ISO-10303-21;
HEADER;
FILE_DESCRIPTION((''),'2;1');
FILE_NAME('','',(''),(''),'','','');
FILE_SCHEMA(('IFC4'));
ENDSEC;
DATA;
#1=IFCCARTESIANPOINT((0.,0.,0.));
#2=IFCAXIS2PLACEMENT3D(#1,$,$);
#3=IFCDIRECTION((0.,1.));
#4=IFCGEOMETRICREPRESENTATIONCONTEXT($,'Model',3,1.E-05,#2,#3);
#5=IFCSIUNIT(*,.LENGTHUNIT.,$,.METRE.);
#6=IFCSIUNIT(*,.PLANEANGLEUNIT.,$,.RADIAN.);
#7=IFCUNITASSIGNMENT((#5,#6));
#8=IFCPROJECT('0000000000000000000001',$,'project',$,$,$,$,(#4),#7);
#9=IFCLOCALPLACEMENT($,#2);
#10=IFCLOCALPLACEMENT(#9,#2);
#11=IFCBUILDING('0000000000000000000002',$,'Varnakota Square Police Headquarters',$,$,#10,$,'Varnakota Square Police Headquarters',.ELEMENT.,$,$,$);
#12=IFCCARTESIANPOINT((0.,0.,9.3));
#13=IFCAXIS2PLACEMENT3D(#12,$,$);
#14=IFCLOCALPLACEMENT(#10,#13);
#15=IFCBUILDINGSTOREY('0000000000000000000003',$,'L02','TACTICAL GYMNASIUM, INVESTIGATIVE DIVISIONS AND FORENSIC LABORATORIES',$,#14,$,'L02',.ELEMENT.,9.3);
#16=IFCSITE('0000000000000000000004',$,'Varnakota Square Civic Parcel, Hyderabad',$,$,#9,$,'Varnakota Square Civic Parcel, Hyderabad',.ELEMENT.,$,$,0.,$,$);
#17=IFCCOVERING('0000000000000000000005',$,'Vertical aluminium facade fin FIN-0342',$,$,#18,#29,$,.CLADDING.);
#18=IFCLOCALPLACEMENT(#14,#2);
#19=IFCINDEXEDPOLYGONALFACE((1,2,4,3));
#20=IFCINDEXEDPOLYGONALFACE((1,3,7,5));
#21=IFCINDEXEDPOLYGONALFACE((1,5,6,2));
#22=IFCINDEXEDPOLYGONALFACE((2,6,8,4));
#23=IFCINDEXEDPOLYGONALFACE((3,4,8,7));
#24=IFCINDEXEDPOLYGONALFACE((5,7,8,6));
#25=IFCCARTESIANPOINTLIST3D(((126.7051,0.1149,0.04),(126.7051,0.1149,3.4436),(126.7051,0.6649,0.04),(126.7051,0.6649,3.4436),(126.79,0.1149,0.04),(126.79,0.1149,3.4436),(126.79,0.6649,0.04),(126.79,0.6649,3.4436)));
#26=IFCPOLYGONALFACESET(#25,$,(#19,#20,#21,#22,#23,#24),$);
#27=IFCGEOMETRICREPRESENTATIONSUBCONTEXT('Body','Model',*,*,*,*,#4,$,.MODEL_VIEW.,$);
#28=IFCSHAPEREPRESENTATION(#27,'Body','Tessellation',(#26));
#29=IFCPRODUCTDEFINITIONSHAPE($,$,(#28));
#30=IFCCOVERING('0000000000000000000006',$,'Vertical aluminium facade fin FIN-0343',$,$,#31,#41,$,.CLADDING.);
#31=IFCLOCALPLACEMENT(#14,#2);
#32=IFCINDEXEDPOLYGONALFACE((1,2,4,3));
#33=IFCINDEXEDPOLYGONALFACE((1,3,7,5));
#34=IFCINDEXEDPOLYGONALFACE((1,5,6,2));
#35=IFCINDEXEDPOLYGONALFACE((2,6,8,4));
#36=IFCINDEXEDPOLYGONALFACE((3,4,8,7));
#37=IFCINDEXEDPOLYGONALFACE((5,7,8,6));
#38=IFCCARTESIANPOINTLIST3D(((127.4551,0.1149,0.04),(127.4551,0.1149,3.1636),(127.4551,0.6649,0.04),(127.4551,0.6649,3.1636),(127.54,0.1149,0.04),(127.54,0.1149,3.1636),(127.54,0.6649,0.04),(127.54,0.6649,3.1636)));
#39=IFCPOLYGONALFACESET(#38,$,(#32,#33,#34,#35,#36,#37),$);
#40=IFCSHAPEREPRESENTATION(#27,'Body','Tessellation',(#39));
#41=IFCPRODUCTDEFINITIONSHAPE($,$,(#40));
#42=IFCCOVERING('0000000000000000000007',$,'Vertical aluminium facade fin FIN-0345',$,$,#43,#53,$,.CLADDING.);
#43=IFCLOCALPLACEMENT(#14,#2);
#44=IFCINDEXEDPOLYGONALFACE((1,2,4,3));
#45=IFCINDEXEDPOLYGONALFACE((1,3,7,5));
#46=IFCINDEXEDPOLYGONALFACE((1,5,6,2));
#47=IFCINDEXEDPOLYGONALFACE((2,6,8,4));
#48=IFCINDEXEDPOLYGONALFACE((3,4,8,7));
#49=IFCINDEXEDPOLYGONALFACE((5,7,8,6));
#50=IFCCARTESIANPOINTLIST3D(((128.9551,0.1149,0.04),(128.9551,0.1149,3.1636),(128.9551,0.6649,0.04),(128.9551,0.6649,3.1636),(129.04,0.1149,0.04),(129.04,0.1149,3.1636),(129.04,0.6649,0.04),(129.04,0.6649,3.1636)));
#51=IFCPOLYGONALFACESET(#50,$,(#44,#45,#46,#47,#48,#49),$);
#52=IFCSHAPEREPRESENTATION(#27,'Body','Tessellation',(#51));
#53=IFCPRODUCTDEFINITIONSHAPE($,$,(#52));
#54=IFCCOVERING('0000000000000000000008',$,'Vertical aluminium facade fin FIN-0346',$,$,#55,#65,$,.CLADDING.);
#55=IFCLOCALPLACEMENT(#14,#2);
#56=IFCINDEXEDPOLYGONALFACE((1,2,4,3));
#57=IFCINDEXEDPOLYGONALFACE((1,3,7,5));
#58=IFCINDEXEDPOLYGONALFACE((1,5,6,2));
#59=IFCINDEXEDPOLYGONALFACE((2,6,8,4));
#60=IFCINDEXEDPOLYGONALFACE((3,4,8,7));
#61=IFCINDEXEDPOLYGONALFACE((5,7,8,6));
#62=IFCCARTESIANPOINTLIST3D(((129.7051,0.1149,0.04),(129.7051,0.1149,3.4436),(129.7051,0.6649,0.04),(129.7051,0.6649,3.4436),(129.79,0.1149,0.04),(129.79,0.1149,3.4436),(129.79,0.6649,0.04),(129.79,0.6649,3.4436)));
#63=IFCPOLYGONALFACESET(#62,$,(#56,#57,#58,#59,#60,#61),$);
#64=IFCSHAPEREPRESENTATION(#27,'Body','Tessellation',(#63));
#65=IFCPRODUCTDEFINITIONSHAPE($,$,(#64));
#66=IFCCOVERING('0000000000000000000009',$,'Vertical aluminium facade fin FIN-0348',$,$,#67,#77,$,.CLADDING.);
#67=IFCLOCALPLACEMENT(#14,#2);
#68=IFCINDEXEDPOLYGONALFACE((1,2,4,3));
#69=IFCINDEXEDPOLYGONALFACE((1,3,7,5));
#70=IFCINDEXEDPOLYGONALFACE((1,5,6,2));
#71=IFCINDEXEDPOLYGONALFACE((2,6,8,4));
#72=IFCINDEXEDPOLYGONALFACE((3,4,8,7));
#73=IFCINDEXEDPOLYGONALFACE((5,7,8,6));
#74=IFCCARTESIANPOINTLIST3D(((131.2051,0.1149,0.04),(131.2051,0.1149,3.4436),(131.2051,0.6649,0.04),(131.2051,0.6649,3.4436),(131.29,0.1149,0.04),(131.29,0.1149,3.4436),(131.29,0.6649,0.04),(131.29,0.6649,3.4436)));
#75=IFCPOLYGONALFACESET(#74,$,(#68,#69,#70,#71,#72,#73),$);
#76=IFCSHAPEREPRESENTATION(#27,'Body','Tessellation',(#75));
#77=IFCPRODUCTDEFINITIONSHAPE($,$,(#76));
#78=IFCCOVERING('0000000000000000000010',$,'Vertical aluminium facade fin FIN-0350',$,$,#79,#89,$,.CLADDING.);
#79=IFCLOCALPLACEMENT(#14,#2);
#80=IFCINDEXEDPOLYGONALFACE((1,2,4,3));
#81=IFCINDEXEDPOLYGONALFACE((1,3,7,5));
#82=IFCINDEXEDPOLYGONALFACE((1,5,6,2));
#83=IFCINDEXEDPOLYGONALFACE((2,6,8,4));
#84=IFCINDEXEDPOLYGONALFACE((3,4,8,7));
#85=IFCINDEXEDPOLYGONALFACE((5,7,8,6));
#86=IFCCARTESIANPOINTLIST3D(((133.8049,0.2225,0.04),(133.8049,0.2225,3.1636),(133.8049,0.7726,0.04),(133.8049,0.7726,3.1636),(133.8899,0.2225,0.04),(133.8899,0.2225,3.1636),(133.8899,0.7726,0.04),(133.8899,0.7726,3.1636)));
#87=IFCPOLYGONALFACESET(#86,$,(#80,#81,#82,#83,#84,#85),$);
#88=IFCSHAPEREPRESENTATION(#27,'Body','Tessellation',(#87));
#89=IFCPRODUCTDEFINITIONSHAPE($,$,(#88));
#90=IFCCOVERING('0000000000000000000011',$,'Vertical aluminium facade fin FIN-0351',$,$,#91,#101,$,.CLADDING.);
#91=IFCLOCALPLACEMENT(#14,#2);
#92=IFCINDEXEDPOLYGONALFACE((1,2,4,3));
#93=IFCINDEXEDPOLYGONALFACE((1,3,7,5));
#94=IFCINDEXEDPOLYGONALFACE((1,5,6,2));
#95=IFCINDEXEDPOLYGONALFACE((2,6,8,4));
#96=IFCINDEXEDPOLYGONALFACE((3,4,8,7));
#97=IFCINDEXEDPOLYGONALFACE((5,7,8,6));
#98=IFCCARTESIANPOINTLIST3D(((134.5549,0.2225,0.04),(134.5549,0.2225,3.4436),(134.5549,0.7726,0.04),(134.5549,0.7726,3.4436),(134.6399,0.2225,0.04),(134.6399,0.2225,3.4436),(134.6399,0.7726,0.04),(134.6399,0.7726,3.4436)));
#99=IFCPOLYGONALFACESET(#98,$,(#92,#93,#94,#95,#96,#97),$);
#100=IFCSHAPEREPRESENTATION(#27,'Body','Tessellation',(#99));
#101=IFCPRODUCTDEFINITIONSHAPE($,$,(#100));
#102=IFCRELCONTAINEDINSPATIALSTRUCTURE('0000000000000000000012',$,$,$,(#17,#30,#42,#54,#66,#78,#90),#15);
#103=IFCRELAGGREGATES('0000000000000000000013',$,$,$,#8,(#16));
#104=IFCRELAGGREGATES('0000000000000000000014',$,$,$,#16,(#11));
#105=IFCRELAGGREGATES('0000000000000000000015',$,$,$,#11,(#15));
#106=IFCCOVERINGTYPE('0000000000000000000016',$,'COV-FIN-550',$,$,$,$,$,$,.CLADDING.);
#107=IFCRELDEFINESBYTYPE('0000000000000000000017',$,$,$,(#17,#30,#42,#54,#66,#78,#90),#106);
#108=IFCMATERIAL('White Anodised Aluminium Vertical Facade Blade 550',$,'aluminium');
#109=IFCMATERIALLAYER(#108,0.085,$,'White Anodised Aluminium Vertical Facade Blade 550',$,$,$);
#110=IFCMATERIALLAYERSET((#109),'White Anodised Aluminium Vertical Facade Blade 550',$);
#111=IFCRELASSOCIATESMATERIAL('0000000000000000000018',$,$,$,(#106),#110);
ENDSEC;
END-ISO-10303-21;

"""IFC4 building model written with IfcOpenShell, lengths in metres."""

from ifc_helpers import new_model, si_unit, direction, frame, origin, origin_2d, place, context, subcontext, project, spatial, rectangle, extrude, material, layer, layer_set, type_object, element, save


model = new_model("IFC4")

# Units and contexts
model_context = context("Model", 3, precision=1e-05, world=origin(), true_north=direction((0.0, 1.0)))
body_context = subcontext(model_context, "Body", "Model", "MODEL_VIEW")
ifc_project = project(units=[si_unit("LENGTHUNIT", "METRE"), si_unit("PLANEANGLEUNIT", "RADIAN")], contexts=[model_context])

# Site, building, storey
site_placement = place(None, origin())
site = spatial("IfcSite", under=ifc_project, at=site_placement, Name="Varnakota Square Civic Parcel, Hyderabad", LongName="Varnakota Square Civic Parcel, Hyderabad", CompositionType="ELEMENT", RefElevation=0.0)
building_placement = place(site_placement, origin())
building = spatial("IfcBuilding", under=site, at=building_placement, Name="Varnakota Square Police Headquarters", LongName="Varnakota Square Police Headquarters", CompositionType="ELEMENT")
storey_placement = place(building_placement, frame((0.0, 0.0, 9.3)))
storey = spatial("IfcBuildingStorey", under=building, at=storey_placement, Name="L02", Description="TACTICAL GYMNASIUM, INVESTIGATIVE DIVISIONS AND FORENSIC LABORATORIES", LongName="L02", CompositionType="ELEMENT", Elevation=9.3)

# Coverings
ifc_material_1 = material(Name="White Anodised Aluminium Vertical Facade Blade 550", Category="aluminium")
ifc_layer_1 = layer(ifc_material_1, 0.085, Name="White Anodised Aluminium Vertical Facade Blade 550")
ifc_layer_set_1 = layer_set([ifc_layer_1], Name="White Anodised Aluminium Vertical Facade Blade 550")
covering_type_1 = type_object("IfcCoveringType", Name="COV-FIN-550", PredefinedType="CLADDING", material=ifc_layer_set_1)
covering_1_placement = place(storey_placement, frame((126.7476, 0.3899, 0.04), z_axis=(0.0, 0.0, 1.0), x_axis=(1.0, 0.0, 0.0)))
element("IfcCovering", 1, at=covering_1_placement, inside=storey, type_object=covering_type_1, Name="Vertical aluminium facade fin FIN-0342", PredefinedType="CLADDING", context=body_context, shape_type="SweptSolid", body=[
    extrude(rectangle(XDim=0.085, YDim=0.55, at=origin_2d()), origin(), (0.0, 0.0, 1.0), 3.4036),
])
for number, where, z_axis, x_axis, name in (
    (2, (127.4976, 0.3899, 0.04), (0.0, 0.0, 1.0), (1.0, 0.0, 0.0), "Vertical aluminium facade fin FIN-0343"),
    (3, (128.9976, 0.3899, 0.04), (0.0, 0.0, 1.0), (1.0, 0.0, 0.0), "Vertical aluminium facade fin FIN-0345"),
):
    element("IfcCovering", number, at=place(storey_placement, frame(where, z_axis=z_axis, x_axis=x_axis)), inside=storey, type_object=covering_type_1, Name=name, PredefinedType="CLADDING", context=body_context, shape_type="SweptSolid", body=[
        extrude(rectangle(XDim=0.085, YDim=0.55, at=origin_2d()), origin(), (0.0, 0.0, 1.0), 3.1235),
    ])
for number, where, z_axis, x_axis, name in (
    (4, (129.7476, 0.3899, 0.04), (0.0, 0.0, 1.0), (1.0, 0.0, 0.0), "Vertical aluminium facade fin FIN-0346"),
    (5, (131.2476, 0.3899, 0.04), (0.0, 0.0, 1.0), (1.0, 0.0, 0.0), "Vertical aluminium facade fin FIN-0348"),
):
    element("IfcCovering", number, at=place(storey_placement, frame(where, z_axis=z_axis, x_axis=x_axis)), inside=storey, type_object=covering_type_1, Name=name, PredefinedType="CLADDING", context=body_context, shape_type="SweptSolid", body=[
        extrude(rectangle(XDim=0.085, YDim=0.55, at=origin_2d()), origin(), (0.0, 0.0, 1.0), 3.4036),
    ])
covering_2_placement = place(storey_placement, frame((133.8474, 0.4976, 0.04), z_axis=(0.0, 0.0, 1.0), x_axis=(1.0, 0.0, 0.0)))
element("IfcCovering", 6, at=covering_2_placement, inside=storey, type_object=covering_type_1, Name="Vertical aluminium facade fin FIN-0350", PredefinedType="CLADDING", context=body_context, shape_type="SweptSolid", body=[
    extrude(rectangle(XDim=0.085, YDim=0.55, at=origin_2d()), origin(), (0.0, 0.0, 1.0), 3.1235),
])
covering_3_placement = place(storey_placement, frame((134.5974, 0.4976, 0.04), z_axis=(0.0, 0.0, 1.0), x_axis=(1.0, 0.0, 0.0)))
element("IfcCovering", 7, at=covering_3_placement, inside=storey, type_object=covering_type_1, Name="Vertical aluminium facade fin FIN-0351", PredefinedType="CLADDING", context=body_context, shape_type="SweptSolid", body=[
    extrude(rectangle(XDim=0.085, YDim=0.55, at=origin_2d()), origin(), (0.0, 0.0, 1.0), 3.4036),
])

save(model, "model.ifc")
